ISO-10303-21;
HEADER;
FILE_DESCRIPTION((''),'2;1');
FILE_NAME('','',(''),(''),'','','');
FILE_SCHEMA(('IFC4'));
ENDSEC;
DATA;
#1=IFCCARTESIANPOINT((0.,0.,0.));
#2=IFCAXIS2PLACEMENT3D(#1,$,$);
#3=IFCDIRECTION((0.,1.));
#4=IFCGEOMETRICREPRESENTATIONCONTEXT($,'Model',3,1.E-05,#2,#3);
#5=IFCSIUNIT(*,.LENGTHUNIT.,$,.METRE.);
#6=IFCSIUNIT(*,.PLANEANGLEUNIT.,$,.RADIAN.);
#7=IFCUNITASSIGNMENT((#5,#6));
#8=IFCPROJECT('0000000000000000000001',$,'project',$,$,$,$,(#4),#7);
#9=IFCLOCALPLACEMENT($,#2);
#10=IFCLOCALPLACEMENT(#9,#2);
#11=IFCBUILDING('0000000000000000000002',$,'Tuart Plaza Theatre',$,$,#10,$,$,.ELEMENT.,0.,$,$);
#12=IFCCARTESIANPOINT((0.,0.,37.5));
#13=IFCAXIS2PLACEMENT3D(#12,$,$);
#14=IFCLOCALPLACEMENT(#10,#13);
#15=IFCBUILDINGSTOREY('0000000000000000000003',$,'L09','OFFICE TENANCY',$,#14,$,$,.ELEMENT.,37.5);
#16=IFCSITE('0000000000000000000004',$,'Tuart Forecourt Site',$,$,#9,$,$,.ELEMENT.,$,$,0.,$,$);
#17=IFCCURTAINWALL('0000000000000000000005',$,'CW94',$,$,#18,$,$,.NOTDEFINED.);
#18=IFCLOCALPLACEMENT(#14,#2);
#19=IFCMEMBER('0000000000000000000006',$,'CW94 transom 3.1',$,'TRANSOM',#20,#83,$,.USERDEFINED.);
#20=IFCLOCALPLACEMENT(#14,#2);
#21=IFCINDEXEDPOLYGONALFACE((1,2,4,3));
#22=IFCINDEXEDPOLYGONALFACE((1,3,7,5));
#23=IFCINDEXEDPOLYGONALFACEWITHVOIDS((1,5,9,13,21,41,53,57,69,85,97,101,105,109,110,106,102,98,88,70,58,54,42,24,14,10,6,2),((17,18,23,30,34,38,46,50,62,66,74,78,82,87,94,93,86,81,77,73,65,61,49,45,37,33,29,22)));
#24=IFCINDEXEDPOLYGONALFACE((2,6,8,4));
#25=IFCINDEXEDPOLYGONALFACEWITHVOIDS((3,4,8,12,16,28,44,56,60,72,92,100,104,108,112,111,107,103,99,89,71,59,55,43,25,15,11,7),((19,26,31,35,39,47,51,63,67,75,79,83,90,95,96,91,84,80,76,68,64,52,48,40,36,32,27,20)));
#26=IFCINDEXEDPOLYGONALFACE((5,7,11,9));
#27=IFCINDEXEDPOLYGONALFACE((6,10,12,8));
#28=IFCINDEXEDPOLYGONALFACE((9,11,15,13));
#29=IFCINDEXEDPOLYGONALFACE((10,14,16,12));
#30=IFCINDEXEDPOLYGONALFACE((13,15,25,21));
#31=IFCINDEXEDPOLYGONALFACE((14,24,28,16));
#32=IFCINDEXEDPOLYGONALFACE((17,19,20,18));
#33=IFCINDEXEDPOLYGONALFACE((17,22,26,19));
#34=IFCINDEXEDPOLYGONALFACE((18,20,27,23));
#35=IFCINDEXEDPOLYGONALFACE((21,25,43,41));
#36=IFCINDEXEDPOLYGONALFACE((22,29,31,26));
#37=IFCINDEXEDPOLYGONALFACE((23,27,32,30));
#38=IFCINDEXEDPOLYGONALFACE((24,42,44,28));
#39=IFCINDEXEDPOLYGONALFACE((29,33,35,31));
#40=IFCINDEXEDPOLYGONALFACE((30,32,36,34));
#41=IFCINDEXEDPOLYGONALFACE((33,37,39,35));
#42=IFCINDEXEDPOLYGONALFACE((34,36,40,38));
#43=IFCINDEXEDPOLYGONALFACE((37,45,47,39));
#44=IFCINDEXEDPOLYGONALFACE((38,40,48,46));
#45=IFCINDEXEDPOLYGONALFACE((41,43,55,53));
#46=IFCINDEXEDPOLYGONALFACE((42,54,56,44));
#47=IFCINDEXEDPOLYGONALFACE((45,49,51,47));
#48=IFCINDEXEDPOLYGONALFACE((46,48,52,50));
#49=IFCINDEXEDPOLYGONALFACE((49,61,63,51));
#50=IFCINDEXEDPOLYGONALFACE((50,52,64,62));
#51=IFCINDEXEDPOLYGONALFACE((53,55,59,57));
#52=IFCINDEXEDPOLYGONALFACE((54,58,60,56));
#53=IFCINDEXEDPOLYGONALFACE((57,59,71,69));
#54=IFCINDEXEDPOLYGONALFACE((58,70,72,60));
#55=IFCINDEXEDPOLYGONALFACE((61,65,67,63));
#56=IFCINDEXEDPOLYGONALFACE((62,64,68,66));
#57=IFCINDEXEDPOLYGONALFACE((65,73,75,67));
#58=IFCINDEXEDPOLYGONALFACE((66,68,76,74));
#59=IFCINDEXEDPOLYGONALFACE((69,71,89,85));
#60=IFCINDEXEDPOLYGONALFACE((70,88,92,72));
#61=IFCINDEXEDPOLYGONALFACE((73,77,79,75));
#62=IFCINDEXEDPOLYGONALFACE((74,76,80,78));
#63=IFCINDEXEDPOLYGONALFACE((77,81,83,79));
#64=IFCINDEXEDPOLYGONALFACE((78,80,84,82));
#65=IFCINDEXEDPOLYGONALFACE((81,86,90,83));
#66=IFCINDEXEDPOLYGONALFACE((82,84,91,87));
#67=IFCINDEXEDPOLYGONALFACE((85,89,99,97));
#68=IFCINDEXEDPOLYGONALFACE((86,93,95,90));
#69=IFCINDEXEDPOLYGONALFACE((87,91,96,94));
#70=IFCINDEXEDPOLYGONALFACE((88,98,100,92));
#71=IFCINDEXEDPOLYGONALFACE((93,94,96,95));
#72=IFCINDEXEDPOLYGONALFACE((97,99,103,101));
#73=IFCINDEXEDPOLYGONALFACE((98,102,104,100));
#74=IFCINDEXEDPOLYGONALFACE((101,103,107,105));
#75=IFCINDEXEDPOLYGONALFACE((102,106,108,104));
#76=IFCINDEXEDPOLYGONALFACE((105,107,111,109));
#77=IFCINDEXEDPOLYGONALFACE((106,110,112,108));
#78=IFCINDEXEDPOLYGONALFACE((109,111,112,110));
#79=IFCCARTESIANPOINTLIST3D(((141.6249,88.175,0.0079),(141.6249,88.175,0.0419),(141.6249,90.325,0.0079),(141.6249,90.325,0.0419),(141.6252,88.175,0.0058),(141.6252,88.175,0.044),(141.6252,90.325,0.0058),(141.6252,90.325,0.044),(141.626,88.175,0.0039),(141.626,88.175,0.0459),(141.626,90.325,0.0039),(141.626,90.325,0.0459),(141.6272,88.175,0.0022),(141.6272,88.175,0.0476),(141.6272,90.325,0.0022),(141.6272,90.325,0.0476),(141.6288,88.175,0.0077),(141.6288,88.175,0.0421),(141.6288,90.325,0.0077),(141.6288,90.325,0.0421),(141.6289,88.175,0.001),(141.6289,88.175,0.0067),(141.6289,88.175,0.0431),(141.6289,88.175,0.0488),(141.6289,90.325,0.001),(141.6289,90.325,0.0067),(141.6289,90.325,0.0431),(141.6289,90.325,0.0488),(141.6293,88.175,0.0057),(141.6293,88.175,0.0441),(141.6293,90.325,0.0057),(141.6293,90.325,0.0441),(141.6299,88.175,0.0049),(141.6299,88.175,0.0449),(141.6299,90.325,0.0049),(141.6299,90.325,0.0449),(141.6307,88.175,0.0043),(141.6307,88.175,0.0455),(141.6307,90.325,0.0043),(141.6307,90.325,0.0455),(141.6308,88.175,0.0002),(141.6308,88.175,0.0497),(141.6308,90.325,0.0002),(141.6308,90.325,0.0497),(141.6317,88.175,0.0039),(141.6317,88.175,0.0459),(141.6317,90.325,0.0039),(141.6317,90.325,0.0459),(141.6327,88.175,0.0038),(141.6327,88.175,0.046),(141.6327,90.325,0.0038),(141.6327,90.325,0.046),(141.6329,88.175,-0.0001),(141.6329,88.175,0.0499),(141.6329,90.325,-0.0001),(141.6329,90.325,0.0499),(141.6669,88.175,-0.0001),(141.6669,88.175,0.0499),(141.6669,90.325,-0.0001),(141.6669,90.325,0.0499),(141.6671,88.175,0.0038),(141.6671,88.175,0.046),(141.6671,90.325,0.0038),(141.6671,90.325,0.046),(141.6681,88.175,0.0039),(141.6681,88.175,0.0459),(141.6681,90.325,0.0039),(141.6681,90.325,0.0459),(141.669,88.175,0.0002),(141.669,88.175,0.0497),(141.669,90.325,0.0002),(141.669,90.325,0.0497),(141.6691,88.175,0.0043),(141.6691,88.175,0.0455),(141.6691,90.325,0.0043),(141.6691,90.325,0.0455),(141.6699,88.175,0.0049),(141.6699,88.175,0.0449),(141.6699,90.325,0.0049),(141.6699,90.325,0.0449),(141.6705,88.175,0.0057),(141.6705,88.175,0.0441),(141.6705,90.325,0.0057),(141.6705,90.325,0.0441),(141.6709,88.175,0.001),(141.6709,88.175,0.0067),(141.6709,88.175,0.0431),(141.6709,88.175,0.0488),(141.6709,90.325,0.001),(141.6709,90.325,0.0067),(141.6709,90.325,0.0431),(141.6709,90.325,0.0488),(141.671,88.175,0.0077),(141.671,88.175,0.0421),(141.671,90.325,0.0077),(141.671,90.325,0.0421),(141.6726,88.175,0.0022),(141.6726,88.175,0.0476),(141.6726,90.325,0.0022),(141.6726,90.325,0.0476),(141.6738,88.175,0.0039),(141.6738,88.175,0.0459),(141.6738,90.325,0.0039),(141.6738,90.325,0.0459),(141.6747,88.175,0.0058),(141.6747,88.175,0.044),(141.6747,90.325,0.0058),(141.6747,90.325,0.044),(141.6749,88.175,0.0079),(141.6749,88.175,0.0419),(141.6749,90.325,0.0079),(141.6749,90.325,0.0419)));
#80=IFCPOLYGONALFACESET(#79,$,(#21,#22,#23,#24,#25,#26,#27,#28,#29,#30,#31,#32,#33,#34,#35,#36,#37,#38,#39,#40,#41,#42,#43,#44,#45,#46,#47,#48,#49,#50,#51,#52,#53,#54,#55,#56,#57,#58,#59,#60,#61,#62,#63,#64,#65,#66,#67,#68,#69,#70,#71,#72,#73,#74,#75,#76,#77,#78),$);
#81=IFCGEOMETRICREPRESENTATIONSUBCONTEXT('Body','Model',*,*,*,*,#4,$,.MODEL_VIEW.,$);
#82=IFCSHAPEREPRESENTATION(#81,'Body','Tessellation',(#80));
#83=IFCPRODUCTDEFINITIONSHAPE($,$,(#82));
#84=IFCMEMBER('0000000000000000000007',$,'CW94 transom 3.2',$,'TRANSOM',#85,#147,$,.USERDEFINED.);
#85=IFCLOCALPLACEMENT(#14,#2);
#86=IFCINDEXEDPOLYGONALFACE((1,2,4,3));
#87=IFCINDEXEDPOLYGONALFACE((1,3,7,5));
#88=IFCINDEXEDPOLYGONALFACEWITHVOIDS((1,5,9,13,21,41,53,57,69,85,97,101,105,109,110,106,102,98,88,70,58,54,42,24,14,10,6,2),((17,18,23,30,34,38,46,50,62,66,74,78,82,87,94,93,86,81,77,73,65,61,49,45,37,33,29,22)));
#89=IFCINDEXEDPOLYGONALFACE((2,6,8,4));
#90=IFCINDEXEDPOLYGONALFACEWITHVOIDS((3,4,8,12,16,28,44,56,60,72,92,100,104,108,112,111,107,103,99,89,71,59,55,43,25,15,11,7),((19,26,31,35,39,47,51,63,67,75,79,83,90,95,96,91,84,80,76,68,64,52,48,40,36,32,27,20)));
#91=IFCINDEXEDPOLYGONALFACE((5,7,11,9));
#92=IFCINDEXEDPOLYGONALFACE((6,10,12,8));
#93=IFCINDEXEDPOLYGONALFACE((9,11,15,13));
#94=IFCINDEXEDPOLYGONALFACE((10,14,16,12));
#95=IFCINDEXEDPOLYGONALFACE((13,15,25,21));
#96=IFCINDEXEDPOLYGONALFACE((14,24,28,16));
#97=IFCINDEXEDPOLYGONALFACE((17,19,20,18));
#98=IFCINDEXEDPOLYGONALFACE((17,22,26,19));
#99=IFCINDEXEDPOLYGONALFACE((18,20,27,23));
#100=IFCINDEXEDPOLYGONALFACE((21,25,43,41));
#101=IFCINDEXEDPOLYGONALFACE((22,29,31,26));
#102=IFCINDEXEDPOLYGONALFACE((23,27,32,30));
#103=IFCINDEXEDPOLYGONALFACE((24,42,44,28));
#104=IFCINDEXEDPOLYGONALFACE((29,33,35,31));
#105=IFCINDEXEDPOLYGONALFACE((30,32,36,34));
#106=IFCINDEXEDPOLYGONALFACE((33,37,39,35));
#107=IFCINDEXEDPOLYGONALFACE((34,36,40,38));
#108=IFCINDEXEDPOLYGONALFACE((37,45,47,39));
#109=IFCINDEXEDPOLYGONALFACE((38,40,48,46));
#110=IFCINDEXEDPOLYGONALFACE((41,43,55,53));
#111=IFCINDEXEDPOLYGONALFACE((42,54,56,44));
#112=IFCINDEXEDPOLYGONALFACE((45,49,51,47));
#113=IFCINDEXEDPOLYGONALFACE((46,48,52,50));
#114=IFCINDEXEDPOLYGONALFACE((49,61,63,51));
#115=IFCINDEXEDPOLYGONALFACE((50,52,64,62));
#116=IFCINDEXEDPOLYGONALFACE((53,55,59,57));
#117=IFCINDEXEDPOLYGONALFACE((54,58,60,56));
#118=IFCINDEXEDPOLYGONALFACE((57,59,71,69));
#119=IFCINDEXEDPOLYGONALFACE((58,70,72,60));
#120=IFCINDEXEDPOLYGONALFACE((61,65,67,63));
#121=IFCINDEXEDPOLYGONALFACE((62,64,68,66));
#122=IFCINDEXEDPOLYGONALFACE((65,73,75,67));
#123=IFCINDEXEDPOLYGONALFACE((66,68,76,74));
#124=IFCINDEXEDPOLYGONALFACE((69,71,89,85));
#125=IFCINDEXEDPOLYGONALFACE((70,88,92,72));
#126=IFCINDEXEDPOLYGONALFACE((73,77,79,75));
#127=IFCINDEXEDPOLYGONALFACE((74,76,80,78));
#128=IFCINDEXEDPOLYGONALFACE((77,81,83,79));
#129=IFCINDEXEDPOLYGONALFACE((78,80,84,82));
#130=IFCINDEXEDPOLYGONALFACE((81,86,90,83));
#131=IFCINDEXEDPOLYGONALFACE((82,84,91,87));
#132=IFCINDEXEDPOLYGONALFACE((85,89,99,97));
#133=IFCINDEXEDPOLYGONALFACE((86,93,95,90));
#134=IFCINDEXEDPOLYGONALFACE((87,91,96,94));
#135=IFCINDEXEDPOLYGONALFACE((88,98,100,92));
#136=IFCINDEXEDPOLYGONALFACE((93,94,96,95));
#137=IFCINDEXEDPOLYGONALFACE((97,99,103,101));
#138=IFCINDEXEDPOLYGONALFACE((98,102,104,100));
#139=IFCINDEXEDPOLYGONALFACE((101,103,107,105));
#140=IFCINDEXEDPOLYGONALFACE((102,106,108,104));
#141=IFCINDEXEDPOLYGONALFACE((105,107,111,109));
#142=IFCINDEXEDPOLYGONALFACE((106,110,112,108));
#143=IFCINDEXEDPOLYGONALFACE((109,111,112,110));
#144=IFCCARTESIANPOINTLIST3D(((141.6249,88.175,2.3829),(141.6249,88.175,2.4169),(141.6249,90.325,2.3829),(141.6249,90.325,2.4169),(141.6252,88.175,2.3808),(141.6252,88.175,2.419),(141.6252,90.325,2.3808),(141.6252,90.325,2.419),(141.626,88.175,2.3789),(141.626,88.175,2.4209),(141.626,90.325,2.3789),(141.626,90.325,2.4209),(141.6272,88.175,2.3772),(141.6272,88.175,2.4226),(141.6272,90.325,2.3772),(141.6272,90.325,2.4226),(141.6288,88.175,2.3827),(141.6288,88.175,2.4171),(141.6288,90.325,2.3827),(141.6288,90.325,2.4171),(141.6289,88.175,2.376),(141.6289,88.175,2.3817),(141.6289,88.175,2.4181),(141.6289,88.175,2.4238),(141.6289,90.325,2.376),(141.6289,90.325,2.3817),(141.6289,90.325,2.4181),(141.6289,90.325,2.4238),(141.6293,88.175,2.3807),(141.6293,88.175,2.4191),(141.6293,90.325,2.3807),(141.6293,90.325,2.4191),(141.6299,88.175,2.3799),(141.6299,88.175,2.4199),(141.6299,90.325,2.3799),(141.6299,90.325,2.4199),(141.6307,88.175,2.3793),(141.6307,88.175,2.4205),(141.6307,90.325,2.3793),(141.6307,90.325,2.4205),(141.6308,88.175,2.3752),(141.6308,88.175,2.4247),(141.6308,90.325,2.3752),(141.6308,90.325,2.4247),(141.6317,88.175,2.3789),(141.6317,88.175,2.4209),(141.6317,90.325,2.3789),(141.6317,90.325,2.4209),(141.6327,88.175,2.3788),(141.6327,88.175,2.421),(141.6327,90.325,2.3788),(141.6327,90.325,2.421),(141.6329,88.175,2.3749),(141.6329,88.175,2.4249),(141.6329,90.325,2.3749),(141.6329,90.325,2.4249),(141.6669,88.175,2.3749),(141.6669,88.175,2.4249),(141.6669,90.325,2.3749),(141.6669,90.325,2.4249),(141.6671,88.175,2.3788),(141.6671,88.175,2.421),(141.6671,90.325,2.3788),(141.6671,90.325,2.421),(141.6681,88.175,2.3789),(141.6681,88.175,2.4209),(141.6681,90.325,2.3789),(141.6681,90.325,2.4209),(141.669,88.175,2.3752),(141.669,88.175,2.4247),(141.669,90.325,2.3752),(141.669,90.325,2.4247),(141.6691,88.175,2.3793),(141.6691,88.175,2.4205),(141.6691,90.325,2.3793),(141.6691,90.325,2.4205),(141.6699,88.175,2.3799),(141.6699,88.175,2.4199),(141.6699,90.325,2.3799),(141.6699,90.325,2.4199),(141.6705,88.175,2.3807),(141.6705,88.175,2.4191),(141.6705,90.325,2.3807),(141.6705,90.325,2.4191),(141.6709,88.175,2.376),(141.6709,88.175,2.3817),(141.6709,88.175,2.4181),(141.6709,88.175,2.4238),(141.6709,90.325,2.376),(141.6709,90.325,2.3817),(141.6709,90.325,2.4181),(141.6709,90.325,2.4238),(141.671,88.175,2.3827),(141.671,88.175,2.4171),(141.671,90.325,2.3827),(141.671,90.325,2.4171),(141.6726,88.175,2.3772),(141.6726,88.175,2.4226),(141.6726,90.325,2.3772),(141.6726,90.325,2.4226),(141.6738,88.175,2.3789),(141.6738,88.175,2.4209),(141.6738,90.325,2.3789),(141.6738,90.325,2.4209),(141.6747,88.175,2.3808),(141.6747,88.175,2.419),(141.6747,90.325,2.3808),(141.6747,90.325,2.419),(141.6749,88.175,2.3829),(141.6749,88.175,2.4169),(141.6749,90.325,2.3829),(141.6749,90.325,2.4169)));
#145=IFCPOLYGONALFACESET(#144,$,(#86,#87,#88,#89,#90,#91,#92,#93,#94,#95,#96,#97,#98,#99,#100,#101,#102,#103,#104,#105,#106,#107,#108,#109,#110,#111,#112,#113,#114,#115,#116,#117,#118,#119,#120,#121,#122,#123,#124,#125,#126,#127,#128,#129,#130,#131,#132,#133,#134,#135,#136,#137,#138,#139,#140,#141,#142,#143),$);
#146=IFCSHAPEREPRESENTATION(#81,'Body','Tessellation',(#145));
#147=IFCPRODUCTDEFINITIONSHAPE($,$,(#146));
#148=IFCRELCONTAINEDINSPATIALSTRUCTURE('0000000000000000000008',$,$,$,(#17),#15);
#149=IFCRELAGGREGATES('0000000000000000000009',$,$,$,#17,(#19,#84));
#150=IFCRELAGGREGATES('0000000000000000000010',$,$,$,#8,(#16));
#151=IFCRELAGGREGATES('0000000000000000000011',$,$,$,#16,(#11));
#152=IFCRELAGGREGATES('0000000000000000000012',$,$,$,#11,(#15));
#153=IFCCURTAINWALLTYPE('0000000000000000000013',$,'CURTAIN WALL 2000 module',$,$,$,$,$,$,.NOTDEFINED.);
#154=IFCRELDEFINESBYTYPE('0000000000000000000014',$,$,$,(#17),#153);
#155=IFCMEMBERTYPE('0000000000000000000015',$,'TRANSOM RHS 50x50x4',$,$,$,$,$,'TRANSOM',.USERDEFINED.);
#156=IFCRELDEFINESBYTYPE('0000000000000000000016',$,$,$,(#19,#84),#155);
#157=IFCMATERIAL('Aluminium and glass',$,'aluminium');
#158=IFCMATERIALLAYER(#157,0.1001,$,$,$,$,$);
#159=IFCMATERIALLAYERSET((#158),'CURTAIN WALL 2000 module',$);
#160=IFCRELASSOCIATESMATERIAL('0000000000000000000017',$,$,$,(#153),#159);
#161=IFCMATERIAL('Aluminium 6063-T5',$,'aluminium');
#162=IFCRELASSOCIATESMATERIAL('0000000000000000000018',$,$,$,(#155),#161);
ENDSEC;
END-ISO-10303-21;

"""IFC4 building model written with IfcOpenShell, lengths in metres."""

from ifc_helpers import new_model, si_unit, direction, frame, origin, origin_2d, place, context, subcontext, project, spatial, hollow_rectangle, extrude, material, layer, layer_set, material_profile, profile_set, type_object, element, aggregate, save


model = new_model("IFC4")

# Units and contexts
model_context = context("Model", 3, precision=1e-05, world=origin(), true_north=direction((0.0, 1.0)))
body_context = subcontext(model_context, "Body", "Model", "MODEL_VIEW")
ifc_project = project(units=[si_unit("LENGTHUNIT", "METRE"), si_unit("PLANEANGLEUNIT", "RADIAN")], contexts=[model_context])

# Site, building, storey
site_placement = place(None, origin())
site = spatial("IfcSite", under=ifc_project, at=site_placement, Name="Tuart Forecourt Site", CompositionType="ELEMENT", RefElevation=0.0)
building_placement = place(site_placement, origin())
building = spatial("IfcBuilding", under=site, at=building_placement, Name="Tuart Plaza Theatre", CompositionType="ELEMENT", ElevationOfRefHeight=0.0)
storey_placement = place(building_placement, frame((0.0, 0.0, 37.5)))
storey = spatial("IfcBuildingStorey", under=building, at=storey_placement, Name="L09", Description="OFFICE TENANCY", CompositionType="ELEMENT", Elevation=37.5)

# Curtain wall, members
ifc_material_1 = material(Name="Aluminium and glass", Category="aluminium")
ifc_layer_1 = layer(ifc_material_1, 0.1001)
ifc_layer_set_1 = layer_set([ifc_layer_1], Name="CURTAIN WALL 2000 module")
curtain_wall_type = type_object("IfcCurtainWallType", Name="CURTAIN WALL 2000 module", PredefinedType="NOTDEFINED", material=ifc_layer_set_1)
curtain_wall_placement = place(storey_placement, origin())
curtain_wall = element("IfcCurtainWall", 1, at=curtain_wall_placement, inside=storey, type_object=curtain_wall_type, Name="CW94", PredefinedType="NOTDEFINED")
ifc_material_2 = material(Name="Aluminium 6063-T5", Category="aluminium")
ifc_material_profile_1 = material_profile(ifc_material_2, hollow_rectangle(XDim=0.05, YDim=0.05, WallThickness=0.0039, InnerFilletRadius=0.0039, OuterFilletRadius=0.0081, at=origin_2d()), Name="RHS 50x50x4")
ifc_profile_set_1 = profile_set([ifc_material_profile_1], Name="Aluminium 6063-T5")
member_type_1 = type_object("IfcMemberType", Name="TRANSOM RHS 50x50x4", ElementType="TRANSOM", PredefinedType="USERDEFINED", material=ifc_profile_set_1)
member_1_placement = place(storey_placement, frame((141.6499, 88.175, 0.0249), z_axis=(0.0, 1.0, 0.0), x_axis=(-1.0, 0.0, 0.0)))
member_1 = element("IfcMember", 2, at=member_1_placement, type_object=member_type_1, Name="CW94 transom 3.1", ObjectType="TRANSOM", PredefinedType="USERDEFINED", context=body_context, shape_type="SweptSolid", body=[
    extrude(hollow_rectangle(XDim=0.05, YDim=0.05, WallThickness=0.0039, InnerFilletRadius=0.0039, OuterFilletRadius=0.0081, at=origin_2d()), origin(), (0.0, 0.0, 1.0), 2.1499),
])
member_2_placement = place(storey_placement, frame((141.6499, 88.175, 2.3999), z_axis=(0.0, 1.0, 0.0), x_axis=(-1.0, 0.0, 0.0)))
member_2 = element("IfcMember", 3, at=member_2_placement, type_object=member_type_1, Name="CW94 transom 3.2", ObjectType="TRANSOM", PredefinedType="USERDEFINED", context=body_context, shape_type="SweptSolid", body=[
    extrude(hollow_rectangle(XDim=0.05, YDim=0.05, WallThickness=0.0039, InnerFilletRadius=0.0039, OuterFilletRadius=0.0081, at=origin_2d()), origin(), (0.0, 0.0, 1.0), 2.1499),
])
aggregate(curtain_wall, [member_1, member_2])

save(model, "model.ifc")
